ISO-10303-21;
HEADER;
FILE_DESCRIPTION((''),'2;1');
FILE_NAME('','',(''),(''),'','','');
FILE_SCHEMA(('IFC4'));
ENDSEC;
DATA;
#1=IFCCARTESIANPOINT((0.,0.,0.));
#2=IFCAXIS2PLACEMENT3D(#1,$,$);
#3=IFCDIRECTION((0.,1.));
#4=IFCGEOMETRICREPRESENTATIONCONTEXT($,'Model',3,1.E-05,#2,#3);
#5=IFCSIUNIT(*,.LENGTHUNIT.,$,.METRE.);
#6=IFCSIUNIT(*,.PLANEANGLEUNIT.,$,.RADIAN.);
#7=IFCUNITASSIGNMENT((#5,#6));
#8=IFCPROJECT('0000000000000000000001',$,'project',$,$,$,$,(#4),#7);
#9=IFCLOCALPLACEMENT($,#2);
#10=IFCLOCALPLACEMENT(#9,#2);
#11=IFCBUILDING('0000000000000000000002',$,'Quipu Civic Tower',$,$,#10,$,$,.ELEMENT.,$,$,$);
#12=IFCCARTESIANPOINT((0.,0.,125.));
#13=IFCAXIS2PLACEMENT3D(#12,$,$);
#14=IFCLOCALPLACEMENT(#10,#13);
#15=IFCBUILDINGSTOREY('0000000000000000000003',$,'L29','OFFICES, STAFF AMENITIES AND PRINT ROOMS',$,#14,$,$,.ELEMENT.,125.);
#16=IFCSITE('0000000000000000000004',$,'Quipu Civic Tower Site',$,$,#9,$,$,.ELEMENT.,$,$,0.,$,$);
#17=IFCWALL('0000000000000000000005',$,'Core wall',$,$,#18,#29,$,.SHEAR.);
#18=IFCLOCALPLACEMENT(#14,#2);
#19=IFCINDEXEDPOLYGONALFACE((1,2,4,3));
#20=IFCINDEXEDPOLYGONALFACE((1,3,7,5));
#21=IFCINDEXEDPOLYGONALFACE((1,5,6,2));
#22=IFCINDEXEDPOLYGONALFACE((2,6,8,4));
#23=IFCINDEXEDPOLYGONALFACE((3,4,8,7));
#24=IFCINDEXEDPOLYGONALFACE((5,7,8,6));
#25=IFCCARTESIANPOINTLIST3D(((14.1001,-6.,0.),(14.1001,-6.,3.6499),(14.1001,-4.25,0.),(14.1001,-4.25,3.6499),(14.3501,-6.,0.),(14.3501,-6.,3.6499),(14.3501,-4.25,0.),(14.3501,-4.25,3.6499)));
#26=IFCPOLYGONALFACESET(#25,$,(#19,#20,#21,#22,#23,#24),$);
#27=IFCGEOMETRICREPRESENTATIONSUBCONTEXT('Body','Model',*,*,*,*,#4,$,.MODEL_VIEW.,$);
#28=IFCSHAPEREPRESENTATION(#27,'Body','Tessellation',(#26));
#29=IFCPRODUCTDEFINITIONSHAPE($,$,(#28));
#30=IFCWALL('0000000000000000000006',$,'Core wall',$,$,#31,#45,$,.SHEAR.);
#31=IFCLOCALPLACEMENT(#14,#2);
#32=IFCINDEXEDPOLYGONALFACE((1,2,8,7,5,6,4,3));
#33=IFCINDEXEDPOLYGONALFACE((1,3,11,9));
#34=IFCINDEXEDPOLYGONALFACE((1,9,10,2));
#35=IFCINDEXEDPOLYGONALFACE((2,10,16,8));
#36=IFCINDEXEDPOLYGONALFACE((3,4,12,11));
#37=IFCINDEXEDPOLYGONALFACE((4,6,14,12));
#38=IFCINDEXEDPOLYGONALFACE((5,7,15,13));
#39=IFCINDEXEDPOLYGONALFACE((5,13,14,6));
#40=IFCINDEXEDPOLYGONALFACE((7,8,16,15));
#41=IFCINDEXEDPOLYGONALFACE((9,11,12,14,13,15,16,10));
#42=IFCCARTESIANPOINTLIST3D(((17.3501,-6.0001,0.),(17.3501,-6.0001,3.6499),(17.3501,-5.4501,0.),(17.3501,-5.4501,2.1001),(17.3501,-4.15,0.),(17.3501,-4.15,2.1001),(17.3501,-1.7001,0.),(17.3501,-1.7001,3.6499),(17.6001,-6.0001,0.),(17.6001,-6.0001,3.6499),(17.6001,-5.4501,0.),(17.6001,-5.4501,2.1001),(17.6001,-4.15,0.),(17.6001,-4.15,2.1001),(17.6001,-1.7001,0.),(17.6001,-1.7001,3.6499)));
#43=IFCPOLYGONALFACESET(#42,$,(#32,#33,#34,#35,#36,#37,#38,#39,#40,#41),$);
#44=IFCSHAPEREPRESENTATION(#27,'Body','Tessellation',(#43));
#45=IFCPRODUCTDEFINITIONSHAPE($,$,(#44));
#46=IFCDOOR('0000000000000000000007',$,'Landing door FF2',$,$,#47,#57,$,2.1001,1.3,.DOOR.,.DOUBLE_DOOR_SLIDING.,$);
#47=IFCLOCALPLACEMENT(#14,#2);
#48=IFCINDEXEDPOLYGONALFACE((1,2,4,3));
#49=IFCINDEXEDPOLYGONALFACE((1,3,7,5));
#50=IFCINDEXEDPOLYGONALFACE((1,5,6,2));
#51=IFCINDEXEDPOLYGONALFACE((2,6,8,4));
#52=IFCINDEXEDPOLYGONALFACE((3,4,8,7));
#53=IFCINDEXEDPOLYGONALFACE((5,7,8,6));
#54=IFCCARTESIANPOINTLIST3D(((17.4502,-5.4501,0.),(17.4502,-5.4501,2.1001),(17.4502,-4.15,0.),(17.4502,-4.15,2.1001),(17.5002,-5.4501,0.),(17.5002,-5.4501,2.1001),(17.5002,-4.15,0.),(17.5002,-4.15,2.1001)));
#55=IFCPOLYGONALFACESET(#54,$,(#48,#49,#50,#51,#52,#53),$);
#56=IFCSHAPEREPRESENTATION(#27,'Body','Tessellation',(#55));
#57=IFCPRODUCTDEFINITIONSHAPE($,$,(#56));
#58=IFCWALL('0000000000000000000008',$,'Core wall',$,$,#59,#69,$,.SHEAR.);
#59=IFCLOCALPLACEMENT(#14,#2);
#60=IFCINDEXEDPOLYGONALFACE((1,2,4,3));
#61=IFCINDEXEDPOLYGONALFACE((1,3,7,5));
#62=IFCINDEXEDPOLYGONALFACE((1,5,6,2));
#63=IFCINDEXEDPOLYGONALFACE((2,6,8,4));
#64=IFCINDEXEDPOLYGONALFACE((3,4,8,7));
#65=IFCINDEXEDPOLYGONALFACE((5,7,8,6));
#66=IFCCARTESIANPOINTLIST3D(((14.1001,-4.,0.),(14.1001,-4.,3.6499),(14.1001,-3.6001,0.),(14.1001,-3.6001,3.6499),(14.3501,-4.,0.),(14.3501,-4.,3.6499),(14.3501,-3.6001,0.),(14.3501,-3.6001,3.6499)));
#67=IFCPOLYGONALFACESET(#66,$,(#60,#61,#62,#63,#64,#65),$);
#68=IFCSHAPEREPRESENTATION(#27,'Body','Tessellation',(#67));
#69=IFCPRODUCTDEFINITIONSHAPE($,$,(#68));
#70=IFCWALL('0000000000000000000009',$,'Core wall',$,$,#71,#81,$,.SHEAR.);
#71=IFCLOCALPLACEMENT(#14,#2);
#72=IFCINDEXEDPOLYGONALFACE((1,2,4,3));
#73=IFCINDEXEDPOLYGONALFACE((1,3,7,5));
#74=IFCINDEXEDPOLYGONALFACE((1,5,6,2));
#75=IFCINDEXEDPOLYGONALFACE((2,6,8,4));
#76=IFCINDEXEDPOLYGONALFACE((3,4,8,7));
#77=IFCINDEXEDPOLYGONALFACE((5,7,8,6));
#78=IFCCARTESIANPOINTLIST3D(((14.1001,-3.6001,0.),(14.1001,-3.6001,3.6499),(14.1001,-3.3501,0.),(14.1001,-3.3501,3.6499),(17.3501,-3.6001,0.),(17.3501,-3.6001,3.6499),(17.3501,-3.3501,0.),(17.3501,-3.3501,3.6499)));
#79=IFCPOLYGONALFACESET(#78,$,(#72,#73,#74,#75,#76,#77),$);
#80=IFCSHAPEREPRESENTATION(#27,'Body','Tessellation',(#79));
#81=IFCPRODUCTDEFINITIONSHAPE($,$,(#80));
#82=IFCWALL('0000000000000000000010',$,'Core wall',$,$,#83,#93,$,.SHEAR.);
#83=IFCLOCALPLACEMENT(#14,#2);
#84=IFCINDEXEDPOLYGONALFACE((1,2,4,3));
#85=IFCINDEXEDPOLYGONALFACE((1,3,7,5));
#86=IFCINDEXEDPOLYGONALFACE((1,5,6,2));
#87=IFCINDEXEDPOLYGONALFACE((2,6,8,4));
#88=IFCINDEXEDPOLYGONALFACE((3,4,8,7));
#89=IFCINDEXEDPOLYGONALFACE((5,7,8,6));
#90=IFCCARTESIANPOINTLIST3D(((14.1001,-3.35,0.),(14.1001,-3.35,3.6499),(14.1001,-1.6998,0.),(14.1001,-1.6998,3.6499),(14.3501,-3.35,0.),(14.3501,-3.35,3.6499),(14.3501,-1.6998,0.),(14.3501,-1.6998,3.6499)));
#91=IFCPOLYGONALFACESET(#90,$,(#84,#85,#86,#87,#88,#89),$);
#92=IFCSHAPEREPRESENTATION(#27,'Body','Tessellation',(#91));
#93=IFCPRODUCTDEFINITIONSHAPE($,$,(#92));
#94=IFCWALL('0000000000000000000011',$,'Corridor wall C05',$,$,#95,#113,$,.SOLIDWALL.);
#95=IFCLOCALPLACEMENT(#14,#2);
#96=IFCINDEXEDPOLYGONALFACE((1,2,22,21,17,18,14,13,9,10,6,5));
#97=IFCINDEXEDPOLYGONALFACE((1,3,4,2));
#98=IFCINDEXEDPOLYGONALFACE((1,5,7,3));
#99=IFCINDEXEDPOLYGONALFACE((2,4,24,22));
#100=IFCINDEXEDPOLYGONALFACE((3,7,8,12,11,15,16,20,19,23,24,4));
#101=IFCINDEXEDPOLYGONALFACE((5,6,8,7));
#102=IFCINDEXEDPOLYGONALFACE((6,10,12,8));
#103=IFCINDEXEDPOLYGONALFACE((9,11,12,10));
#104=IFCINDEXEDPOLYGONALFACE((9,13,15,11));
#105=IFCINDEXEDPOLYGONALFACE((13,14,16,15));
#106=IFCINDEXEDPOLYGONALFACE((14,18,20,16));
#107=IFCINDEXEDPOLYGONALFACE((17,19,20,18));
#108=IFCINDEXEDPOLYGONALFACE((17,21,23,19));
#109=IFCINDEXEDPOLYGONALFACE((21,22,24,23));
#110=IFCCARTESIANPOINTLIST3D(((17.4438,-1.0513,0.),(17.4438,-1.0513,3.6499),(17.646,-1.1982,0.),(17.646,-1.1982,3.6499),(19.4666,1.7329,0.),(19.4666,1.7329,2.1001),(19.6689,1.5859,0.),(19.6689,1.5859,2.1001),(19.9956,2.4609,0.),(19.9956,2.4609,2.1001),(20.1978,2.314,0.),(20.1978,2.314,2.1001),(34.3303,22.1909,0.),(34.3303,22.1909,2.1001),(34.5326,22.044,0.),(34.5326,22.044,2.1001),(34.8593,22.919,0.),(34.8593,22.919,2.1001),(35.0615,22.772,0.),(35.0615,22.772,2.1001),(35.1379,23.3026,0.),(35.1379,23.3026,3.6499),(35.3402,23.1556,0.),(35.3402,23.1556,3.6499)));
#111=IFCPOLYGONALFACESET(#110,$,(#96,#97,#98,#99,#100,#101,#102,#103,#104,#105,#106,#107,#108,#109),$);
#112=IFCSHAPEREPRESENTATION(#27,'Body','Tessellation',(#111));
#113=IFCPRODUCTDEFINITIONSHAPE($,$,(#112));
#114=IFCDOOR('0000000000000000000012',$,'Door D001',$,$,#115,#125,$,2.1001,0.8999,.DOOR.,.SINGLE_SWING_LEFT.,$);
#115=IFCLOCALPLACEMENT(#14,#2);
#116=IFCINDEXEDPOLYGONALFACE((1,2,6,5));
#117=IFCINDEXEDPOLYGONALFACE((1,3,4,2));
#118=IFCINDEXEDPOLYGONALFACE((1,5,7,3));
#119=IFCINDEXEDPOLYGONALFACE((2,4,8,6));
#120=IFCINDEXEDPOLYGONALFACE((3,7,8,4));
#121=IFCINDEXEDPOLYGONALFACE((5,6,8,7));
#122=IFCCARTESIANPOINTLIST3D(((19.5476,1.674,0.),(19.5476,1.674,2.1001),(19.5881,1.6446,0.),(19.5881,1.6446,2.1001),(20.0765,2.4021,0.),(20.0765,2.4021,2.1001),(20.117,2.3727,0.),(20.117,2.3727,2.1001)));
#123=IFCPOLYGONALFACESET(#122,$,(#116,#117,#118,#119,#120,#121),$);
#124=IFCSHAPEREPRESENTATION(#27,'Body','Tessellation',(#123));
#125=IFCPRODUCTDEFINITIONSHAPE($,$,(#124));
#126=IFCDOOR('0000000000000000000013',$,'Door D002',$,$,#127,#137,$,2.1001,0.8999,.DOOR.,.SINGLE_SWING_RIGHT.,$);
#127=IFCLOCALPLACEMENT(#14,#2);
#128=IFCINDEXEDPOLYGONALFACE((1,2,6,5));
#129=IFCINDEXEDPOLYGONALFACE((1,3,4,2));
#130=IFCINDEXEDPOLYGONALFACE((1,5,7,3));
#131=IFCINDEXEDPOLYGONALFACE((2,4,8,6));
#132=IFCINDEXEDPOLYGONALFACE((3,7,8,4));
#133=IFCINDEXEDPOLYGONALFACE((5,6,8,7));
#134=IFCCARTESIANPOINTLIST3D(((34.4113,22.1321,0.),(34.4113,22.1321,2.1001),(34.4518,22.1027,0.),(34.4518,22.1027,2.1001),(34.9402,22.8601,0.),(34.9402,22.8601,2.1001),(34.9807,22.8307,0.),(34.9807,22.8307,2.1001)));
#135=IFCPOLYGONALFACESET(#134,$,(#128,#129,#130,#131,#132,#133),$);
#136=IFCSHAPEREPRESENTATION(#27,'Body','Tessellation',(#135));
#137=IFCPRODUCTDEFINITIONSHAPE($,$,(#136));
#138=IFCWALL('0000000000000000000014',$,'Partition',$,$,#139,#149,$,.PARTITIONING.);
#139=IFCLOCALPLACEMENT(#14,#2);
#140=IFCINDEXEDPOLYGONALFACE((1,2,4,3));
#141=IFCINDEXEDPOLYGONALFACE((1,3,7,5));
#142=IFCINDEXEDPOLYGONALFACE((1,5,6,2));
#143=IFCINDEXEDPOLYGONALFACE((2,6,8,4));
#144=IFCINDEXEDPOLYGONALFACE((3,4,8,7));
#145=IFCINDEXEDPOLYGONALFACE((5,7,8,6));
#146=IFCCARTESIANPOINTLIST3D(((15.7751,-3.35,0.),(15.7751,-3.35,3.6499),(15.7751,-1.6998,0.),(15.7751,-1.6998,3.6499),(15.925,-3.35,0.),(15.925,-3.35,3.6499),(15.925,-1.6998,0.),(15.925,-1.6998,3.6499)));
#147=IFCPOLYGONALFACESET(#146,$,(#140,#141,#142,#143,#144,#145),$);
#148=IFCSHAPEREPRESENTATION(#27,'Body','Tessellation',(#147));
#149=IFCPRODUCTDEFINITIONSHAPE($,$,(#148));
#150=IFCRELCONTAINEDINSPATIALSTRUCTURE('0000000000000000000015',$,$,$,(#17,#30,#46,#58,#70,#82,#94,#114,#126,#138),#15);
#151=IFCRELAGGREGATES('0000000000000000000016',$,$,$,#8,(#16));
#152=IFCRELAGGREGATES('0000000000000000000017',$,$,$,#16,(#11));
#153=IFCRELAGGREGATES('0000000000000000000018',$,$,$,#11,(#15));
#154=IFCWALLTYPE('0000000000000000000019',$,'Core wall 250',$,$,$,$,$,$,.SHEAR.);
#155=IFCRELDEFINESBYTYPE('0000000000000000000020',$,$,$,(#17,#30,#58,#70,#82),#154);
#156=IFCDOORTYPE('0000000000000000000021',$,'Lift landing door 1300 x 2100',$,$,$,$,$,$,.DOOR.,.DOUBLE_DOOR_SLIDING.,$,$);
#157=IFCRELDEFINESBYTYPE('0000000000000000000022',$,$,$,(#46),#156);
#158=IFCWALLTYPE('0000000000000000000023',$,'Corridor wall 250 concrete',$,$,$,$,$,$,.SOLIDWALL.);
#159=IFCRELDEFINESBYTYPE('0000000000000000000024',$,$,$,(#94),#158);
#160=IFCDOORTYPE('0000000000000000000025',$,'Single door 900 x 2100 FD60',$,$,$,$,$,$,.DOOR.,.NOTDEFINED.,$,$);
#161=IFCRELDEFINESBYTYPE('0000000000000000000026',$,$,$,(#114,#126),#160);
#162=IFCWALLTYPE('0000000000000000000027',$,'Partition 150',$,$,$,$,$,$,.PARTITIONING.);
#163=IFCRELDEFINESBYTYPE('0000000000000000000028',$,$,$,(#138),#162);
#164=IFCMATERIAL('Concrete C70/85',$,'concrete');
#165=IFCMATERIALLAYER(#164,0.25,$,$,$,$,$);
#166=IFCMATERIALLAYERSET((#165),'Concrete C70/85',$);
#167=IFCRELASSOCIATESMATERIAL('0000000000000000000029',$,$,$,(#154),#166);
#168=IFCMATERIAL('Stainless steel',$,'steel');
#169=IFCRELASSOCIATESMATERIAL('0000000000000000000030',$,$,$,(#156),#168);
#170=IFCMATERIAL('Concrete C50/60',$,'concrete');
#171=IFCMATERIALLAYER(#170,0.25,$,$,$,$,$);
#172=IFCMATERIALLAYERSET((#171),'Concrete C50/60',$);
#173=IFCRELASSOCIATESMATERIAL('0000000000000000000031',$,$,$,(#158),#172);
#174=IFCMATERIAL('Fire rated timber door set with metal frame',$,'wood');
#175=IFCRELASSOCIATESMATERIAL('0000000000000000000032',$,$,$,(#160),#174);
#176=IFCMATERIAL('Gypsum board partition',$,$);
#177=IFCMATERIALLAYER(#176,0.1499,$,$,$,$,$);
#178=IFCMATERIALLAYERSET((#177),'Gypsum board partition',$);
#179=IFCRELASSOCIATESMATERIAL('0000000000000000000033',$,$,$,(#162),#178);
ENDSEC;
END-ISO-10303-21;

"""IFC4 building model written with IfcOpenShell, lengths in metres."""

from ifc_helpers import new_model, si_unit, direction, frame, frame_2d, origin, place, context, subcontext, project, spatial, rectangle, extrude, material, layer, layer_set, type_object, element, fill, save


model = new_model("IFC4")

# Units and contexts
model_context = context("Model", 3, precision=1e-05, world=origin(), true_north=direction((0.0, 1.0)))
body_context = subcontext(model_context, "Body", "Model", "MODEL_VIEW")
ifc_project = project(units=[si_unit("LENGTHUNIT", "METRE"), si_unit("PLANEANGLEUNIT", "RADIAN")], contexts=[model_context])

# Site, building, storey
site_placement = place(None, origin())
site = spatial("IfcSite", under=ifc_project, at=site_placement, Name="Quipu Civic Tower Site", CompositionType="ELEMENT", RefElevation=0.0)
building_placement = place(site_placement, origin())
building = spatial("IfcBuilding", under=site, at=building_placement, Name="Quipu Civic Tower", CompositionType="ELEMENT")
storey_placement = place(building_placement, frame((0.0, 0.0, 125.0)))
storey = spatial("IfcBuildingStorey", under=building, at=storey_placement, Name="L29", Description="OFFICES, STAFF AMENITIES AND PRINT ROOMS", CompositionType="ELEMENT", Elevation=125.0)

# Shared definitions
ifc_material_1 = material(Name="Concrete C70/85", Category="concrete")
ifc_layer_1 = layer(ifc_material_1, 0.25)
ifc_layer_set_1 = layer_set([ifc_layer_1], Name="Concrete C70/85")
wall_type_1 = type_object("IfcWallType", Name="Core wall 250", PredefinedType="SHEAR", material=ifc_layer_set_1)

# Wall
wall_1_placement = place(storey_placement, frame((14.2251, -6.0, 0.0), z_axis=(0.0, 0.0, 1.0), x_axis=(0.0, 1.0, 0.0)))
element("IfcWall", 1, at=wall_1_placement, inside=storey, type_object=wall_type_1, Name="Core wall", PredefinedType="SHEAR", context=body_context, shape_type="SweptSolid", body=[
    extrude(rectangle(XDim=1.75, YDim=0.25, at=frame_2d((0.875, 0.0))), origin(), (0.0, 0.0, 1.0), 3.6499),
])

# Wall, opening, door
wall_2_placement = place(storey_placement, frame((17.4751, -6.0, 0.0), z_axis=(0.0, 0.0, 1.0), x_axis=(0.0, 1.0, 0.0)))
wall_2 = element("IfcWall", 2, at=wall_2_placement, inside=storey, type_object=wall_type_1, Name="Core wall", PredefinedType="SHEAR", context=body_context, shape_type="SweptSolid", body=[
    extrude(rectangle(XDim=4.3, YDim=0.25, at=frame_2d((2.1499, 0.0))), origin(), (0.0, 0.0, 1.0), 3.6499),
])
opening_1_placement = place(wall_2_placement, frame((0.55, 0.0, 0.0)))
opening_1 = element("IfcOpeningElement", 3, at=opening_1_placement, cuts=wall_2, PredefinedType="OPENING", context=body_context, shape_type="SweptSolid", body=[
    extrude(rectangle(XDim=1.3, YDim=2.1001, at=frame_2d((0.6499, 1.05))), frame((0.0, 0.135, 0.0), z_axis=(0.0, -1.0, 0.0), x_axis=(1.0, 0.0, 0.0)), (0.0, 0.0, 1.0), 0.27),
])
ifc_material_2 = material(Name="Stainless steel", Category="steel")
door_type_1 = type_object("IfcDoorType", Name="Lift landing door 1300 x 2100", OperationType="DOUBLE_DOOR_SLIDING", PredefinedType="DOOR", material=ifc_material_2)
door_1_placement = place(opening_1_placement, origin())
door_1 = element("IfcDoor", 4, at=door_1_placement, inside=storey, type_object=door_type_1, Name="Landing door FF2", OperationType="DOUBLE_DOOR_SLIDING", OverallHeight=2.1001, OverallWidth=1.3, PredefinedType="DOOR", context=body_context, shape_type="SweptSolid", body=[
    extrude(rectangle(XDim=1.3, YDim=2.1001, at=frame_2d((0.6499, 1.05))), frame((0.0, 0.0249, 0.0), z_axis=(0.0, -1.0, 0.0), x_axis=(1.0, 0.0, 0.0)), (0.0, 0.0, 1.0), 0.05),
])
fill(opening_1, door_1)

# Walls
wall_3_placement = place(storey_placement, frame((14.2251, -4.0, 0.0), z_axis=(0.0, 0.0, 1.0), x_axis=(0.0, 1.0, 0.0)))
element("IfcWall", 5, at=wall_3_placement, inside=storey, type_object=wall_type_1, Name="Core wall", PredefinedType="SHEAR", context=body_context, shape_type="SweptSolid", body=[
    extrude(rectangle(XDim=0.3999, YDim=0.25, at=frame_2d((0.2, 0.0))), origin(), (0.0, 0.0, 1.0), 3.6499),
])
wall_4_placement = place(storey_placement, frame((14.1001, -3.4751, 0.0), z_axis=(0.0, 0.0, 1.0), x_axis=(1.0, 0.0, 0.0)))
element("IfcWall", 6, at=wall_4_placement, inside=storey, type_object=wall_type_1, Name="Core wall", PredefinedType="SHEAR", context=body_context, shape_type="SweptSolid", body=[
    extrude(rectangle(XDim=3.25, YDim=0.25, at=frame_2d((1.625, 0.0))), origin(), (0.0, 0.0, 1.0), 3.6499),
])
wall_5_placement = place(storey_placement, frame((14.2251, -3.3501, 0.0), z_axis=(0.0, 0.0, 1.0), x_axis=(0.0, 1.0, 0.0)))
element("IfcWall", 7, at=wall_5_placement, inside=storey, type_object=wall_type_1, Name="Core wall", PredefinedType="SHEAR", context=body_context, shape_type="SweptSolid", body=[
    extrude(rectangle(XDim=1.6501, YDim=0.25, at=frame_2d((0.8252, 0.0))), origin(), (0.0, 0.0, 1.0), 3.6499),
])

# Wall, openings, doors
ifc_material_3 = material(Name="Concrete C50/60", Category="concrete")
ifc_layer_2 = layer(ifc_material_3, 0.25)
ifc_layer_set_2 = layer_set([ifc_layer_2], Name="Concrete C50/60")
wall_type_2 = type_object("IfcWallType", Name="Corridor wall 250 concrete", PredefinedType="SOLIDWALL", material=ifc_layer_set_2)
wall_6_placement = place(storey_placement, frame((17.5449, -1.1248, 0.0), z_axis=(0.0, 0.0, 1.0), x_axis=(0.587786, 0.809016, 0.0)))
wall_6 = element("IfcWall", 8, at=wall_6_placement, inside=storey, type_object=wall_type_2, Name="Corridor wall C05", PredefinedType="SOLIDWALL", context=body_context, shape_type="SweptSolid", body=[
    extrude(rectangle(XDim=30.103, YDim=0.25, at=frame_2d((15.0515, 0.0))), origin(), (0.0, 0.0, 1.0), 3.6499),
])
opening_2_placement = place(wall_6_placement, frame((3.4414, 0.0, 0.0)))
opening_2 = element("IfcOpeningElement", 9, at=opening_2_placement, cuts=wall_6, PredefinedType="OPENING", context=body_context, shape_type="SweptSolid", body=[
    extrude(rectangle(XDim=0.8999, YDim=2.1001, at=frame_2d((0.45, 1.05))), frame((0.0, 0.135, 0.0), z_axis=(0.0, -1.0, 0.0), x_axis=(1.0, 0.0, 0.0)), (0.0, 0.0, 1.0), 0.27),
])
opening_3_placement = place(wall_6_placement, frame((28.729, 0.0, 0.0)))
opening_3 = element("IfcOpeningElement", 10, at=opening_3_placement, cuts=wall_6, PredefinedType="OPENING", context=body_context, shape_type="SweptSolid", body=[
    extrude(rectangle(XDim=0.8999, YDim=2.1001, at=frame_2d((0.45, 1.05))), frame((0.0, 0.135, 0.0), z_axis=(0.0, -1.0, 0.0), x_axis=(1.0, 0.0, 0.0)), (0.0, 0.0, 1.0), 0.27),
])
ifc_material_4 = material(Name="Fire rated timber door set with metal frame", Category="wood")
door_type_2 = type_object("IfcDoorType", Name="Single door 900 x 2100 FD60", OperationType="NOTDEFINED", PredefinedType="DOOR", material=ifc_material_4)
door_2_placement = place(opening_2_placement, origin())
door_2 = element("IfcDoor", 11, at=door_2_placement, inside=storey, type_object=door_type_2, Name="Door D001", OperationType="SINGLE_SWING_LEFT", OverallHeight=2.1001, OverallWidth=0.8999, PredefinedType="DOOR", context=body_context, shape_type="SweptSolid", body=[
    extrude(rectangle(XDim=0.8999, YDim=2.1001, at=frame_2d((0.45, 1.05))), frame((0.0, 0.0249, 0.0), z_axis=(0.0, -1.0, 0.0), x_axis=(1.0, 0.0, 0.0)), (0.0, 0.0, 1.0), 0.05),
])
fill(opening_2, door_2)
door_3_placement = place(opening_3_placement, origin())
door_3 = element("IfcDoor", 12, at=door_3_placement, inside=storey, type_object=door_type_2, Name="Door D002", OperationType="SINGLE_SWING_RIGHT", OverallHeight=2.1001, OverallWidth=0.8999, PredefinedType="DOOR", context=body_context, shape_type="SweptSolid", body=[
    extrude(rectangle(XDim=0.8999, YDim=2.1001, at=frame_2d((0.45, 1.05))), frame((0.0, 0.0249, 0.0), z_axis=(0.0, -1.0, 0.0), x_axis=(1.0, 0.0, 0.0)), (0.0, 0.0, 1.0), 0.05),
])
fill(opening_3, door_3)

# Wall
ifc_material_5 = material(Name="Gypsum board partition")
ifc_layer_3 = layer(ifc_material_5, 0.1499)
ifc_layer_set_3 = layer_set([ifc_layer_3], Name="Gypsum board partition")
wall_type_3 = type_object("IfcWallType", Name="Partition 150", PredefinedType="PARTITIONING", material=ifc_layer_set_3)
wall_7_placement = place(storey_placement, frame((15.8501, -3.3501, 0.0), z_axis=(0.0, 0.0, 1.0), x_axis=(0.0, 1.0, 0.0)))
element("IfcWall", 13, at=wall_7_placement, inside=storey, type_object=wall_type_3, Name="Partition", PredefinedType="PARTITIONING", context=body_context, shape_type="SweptSolid", body=[
    extrude(rectangle(XDim=1.6501, YDim=0.1499, at=frame_2d((0.8252, 0.0))), origin(), (0.0, 0.0, 1.0), 3.6499),
])

save(model, "model.ifc")
